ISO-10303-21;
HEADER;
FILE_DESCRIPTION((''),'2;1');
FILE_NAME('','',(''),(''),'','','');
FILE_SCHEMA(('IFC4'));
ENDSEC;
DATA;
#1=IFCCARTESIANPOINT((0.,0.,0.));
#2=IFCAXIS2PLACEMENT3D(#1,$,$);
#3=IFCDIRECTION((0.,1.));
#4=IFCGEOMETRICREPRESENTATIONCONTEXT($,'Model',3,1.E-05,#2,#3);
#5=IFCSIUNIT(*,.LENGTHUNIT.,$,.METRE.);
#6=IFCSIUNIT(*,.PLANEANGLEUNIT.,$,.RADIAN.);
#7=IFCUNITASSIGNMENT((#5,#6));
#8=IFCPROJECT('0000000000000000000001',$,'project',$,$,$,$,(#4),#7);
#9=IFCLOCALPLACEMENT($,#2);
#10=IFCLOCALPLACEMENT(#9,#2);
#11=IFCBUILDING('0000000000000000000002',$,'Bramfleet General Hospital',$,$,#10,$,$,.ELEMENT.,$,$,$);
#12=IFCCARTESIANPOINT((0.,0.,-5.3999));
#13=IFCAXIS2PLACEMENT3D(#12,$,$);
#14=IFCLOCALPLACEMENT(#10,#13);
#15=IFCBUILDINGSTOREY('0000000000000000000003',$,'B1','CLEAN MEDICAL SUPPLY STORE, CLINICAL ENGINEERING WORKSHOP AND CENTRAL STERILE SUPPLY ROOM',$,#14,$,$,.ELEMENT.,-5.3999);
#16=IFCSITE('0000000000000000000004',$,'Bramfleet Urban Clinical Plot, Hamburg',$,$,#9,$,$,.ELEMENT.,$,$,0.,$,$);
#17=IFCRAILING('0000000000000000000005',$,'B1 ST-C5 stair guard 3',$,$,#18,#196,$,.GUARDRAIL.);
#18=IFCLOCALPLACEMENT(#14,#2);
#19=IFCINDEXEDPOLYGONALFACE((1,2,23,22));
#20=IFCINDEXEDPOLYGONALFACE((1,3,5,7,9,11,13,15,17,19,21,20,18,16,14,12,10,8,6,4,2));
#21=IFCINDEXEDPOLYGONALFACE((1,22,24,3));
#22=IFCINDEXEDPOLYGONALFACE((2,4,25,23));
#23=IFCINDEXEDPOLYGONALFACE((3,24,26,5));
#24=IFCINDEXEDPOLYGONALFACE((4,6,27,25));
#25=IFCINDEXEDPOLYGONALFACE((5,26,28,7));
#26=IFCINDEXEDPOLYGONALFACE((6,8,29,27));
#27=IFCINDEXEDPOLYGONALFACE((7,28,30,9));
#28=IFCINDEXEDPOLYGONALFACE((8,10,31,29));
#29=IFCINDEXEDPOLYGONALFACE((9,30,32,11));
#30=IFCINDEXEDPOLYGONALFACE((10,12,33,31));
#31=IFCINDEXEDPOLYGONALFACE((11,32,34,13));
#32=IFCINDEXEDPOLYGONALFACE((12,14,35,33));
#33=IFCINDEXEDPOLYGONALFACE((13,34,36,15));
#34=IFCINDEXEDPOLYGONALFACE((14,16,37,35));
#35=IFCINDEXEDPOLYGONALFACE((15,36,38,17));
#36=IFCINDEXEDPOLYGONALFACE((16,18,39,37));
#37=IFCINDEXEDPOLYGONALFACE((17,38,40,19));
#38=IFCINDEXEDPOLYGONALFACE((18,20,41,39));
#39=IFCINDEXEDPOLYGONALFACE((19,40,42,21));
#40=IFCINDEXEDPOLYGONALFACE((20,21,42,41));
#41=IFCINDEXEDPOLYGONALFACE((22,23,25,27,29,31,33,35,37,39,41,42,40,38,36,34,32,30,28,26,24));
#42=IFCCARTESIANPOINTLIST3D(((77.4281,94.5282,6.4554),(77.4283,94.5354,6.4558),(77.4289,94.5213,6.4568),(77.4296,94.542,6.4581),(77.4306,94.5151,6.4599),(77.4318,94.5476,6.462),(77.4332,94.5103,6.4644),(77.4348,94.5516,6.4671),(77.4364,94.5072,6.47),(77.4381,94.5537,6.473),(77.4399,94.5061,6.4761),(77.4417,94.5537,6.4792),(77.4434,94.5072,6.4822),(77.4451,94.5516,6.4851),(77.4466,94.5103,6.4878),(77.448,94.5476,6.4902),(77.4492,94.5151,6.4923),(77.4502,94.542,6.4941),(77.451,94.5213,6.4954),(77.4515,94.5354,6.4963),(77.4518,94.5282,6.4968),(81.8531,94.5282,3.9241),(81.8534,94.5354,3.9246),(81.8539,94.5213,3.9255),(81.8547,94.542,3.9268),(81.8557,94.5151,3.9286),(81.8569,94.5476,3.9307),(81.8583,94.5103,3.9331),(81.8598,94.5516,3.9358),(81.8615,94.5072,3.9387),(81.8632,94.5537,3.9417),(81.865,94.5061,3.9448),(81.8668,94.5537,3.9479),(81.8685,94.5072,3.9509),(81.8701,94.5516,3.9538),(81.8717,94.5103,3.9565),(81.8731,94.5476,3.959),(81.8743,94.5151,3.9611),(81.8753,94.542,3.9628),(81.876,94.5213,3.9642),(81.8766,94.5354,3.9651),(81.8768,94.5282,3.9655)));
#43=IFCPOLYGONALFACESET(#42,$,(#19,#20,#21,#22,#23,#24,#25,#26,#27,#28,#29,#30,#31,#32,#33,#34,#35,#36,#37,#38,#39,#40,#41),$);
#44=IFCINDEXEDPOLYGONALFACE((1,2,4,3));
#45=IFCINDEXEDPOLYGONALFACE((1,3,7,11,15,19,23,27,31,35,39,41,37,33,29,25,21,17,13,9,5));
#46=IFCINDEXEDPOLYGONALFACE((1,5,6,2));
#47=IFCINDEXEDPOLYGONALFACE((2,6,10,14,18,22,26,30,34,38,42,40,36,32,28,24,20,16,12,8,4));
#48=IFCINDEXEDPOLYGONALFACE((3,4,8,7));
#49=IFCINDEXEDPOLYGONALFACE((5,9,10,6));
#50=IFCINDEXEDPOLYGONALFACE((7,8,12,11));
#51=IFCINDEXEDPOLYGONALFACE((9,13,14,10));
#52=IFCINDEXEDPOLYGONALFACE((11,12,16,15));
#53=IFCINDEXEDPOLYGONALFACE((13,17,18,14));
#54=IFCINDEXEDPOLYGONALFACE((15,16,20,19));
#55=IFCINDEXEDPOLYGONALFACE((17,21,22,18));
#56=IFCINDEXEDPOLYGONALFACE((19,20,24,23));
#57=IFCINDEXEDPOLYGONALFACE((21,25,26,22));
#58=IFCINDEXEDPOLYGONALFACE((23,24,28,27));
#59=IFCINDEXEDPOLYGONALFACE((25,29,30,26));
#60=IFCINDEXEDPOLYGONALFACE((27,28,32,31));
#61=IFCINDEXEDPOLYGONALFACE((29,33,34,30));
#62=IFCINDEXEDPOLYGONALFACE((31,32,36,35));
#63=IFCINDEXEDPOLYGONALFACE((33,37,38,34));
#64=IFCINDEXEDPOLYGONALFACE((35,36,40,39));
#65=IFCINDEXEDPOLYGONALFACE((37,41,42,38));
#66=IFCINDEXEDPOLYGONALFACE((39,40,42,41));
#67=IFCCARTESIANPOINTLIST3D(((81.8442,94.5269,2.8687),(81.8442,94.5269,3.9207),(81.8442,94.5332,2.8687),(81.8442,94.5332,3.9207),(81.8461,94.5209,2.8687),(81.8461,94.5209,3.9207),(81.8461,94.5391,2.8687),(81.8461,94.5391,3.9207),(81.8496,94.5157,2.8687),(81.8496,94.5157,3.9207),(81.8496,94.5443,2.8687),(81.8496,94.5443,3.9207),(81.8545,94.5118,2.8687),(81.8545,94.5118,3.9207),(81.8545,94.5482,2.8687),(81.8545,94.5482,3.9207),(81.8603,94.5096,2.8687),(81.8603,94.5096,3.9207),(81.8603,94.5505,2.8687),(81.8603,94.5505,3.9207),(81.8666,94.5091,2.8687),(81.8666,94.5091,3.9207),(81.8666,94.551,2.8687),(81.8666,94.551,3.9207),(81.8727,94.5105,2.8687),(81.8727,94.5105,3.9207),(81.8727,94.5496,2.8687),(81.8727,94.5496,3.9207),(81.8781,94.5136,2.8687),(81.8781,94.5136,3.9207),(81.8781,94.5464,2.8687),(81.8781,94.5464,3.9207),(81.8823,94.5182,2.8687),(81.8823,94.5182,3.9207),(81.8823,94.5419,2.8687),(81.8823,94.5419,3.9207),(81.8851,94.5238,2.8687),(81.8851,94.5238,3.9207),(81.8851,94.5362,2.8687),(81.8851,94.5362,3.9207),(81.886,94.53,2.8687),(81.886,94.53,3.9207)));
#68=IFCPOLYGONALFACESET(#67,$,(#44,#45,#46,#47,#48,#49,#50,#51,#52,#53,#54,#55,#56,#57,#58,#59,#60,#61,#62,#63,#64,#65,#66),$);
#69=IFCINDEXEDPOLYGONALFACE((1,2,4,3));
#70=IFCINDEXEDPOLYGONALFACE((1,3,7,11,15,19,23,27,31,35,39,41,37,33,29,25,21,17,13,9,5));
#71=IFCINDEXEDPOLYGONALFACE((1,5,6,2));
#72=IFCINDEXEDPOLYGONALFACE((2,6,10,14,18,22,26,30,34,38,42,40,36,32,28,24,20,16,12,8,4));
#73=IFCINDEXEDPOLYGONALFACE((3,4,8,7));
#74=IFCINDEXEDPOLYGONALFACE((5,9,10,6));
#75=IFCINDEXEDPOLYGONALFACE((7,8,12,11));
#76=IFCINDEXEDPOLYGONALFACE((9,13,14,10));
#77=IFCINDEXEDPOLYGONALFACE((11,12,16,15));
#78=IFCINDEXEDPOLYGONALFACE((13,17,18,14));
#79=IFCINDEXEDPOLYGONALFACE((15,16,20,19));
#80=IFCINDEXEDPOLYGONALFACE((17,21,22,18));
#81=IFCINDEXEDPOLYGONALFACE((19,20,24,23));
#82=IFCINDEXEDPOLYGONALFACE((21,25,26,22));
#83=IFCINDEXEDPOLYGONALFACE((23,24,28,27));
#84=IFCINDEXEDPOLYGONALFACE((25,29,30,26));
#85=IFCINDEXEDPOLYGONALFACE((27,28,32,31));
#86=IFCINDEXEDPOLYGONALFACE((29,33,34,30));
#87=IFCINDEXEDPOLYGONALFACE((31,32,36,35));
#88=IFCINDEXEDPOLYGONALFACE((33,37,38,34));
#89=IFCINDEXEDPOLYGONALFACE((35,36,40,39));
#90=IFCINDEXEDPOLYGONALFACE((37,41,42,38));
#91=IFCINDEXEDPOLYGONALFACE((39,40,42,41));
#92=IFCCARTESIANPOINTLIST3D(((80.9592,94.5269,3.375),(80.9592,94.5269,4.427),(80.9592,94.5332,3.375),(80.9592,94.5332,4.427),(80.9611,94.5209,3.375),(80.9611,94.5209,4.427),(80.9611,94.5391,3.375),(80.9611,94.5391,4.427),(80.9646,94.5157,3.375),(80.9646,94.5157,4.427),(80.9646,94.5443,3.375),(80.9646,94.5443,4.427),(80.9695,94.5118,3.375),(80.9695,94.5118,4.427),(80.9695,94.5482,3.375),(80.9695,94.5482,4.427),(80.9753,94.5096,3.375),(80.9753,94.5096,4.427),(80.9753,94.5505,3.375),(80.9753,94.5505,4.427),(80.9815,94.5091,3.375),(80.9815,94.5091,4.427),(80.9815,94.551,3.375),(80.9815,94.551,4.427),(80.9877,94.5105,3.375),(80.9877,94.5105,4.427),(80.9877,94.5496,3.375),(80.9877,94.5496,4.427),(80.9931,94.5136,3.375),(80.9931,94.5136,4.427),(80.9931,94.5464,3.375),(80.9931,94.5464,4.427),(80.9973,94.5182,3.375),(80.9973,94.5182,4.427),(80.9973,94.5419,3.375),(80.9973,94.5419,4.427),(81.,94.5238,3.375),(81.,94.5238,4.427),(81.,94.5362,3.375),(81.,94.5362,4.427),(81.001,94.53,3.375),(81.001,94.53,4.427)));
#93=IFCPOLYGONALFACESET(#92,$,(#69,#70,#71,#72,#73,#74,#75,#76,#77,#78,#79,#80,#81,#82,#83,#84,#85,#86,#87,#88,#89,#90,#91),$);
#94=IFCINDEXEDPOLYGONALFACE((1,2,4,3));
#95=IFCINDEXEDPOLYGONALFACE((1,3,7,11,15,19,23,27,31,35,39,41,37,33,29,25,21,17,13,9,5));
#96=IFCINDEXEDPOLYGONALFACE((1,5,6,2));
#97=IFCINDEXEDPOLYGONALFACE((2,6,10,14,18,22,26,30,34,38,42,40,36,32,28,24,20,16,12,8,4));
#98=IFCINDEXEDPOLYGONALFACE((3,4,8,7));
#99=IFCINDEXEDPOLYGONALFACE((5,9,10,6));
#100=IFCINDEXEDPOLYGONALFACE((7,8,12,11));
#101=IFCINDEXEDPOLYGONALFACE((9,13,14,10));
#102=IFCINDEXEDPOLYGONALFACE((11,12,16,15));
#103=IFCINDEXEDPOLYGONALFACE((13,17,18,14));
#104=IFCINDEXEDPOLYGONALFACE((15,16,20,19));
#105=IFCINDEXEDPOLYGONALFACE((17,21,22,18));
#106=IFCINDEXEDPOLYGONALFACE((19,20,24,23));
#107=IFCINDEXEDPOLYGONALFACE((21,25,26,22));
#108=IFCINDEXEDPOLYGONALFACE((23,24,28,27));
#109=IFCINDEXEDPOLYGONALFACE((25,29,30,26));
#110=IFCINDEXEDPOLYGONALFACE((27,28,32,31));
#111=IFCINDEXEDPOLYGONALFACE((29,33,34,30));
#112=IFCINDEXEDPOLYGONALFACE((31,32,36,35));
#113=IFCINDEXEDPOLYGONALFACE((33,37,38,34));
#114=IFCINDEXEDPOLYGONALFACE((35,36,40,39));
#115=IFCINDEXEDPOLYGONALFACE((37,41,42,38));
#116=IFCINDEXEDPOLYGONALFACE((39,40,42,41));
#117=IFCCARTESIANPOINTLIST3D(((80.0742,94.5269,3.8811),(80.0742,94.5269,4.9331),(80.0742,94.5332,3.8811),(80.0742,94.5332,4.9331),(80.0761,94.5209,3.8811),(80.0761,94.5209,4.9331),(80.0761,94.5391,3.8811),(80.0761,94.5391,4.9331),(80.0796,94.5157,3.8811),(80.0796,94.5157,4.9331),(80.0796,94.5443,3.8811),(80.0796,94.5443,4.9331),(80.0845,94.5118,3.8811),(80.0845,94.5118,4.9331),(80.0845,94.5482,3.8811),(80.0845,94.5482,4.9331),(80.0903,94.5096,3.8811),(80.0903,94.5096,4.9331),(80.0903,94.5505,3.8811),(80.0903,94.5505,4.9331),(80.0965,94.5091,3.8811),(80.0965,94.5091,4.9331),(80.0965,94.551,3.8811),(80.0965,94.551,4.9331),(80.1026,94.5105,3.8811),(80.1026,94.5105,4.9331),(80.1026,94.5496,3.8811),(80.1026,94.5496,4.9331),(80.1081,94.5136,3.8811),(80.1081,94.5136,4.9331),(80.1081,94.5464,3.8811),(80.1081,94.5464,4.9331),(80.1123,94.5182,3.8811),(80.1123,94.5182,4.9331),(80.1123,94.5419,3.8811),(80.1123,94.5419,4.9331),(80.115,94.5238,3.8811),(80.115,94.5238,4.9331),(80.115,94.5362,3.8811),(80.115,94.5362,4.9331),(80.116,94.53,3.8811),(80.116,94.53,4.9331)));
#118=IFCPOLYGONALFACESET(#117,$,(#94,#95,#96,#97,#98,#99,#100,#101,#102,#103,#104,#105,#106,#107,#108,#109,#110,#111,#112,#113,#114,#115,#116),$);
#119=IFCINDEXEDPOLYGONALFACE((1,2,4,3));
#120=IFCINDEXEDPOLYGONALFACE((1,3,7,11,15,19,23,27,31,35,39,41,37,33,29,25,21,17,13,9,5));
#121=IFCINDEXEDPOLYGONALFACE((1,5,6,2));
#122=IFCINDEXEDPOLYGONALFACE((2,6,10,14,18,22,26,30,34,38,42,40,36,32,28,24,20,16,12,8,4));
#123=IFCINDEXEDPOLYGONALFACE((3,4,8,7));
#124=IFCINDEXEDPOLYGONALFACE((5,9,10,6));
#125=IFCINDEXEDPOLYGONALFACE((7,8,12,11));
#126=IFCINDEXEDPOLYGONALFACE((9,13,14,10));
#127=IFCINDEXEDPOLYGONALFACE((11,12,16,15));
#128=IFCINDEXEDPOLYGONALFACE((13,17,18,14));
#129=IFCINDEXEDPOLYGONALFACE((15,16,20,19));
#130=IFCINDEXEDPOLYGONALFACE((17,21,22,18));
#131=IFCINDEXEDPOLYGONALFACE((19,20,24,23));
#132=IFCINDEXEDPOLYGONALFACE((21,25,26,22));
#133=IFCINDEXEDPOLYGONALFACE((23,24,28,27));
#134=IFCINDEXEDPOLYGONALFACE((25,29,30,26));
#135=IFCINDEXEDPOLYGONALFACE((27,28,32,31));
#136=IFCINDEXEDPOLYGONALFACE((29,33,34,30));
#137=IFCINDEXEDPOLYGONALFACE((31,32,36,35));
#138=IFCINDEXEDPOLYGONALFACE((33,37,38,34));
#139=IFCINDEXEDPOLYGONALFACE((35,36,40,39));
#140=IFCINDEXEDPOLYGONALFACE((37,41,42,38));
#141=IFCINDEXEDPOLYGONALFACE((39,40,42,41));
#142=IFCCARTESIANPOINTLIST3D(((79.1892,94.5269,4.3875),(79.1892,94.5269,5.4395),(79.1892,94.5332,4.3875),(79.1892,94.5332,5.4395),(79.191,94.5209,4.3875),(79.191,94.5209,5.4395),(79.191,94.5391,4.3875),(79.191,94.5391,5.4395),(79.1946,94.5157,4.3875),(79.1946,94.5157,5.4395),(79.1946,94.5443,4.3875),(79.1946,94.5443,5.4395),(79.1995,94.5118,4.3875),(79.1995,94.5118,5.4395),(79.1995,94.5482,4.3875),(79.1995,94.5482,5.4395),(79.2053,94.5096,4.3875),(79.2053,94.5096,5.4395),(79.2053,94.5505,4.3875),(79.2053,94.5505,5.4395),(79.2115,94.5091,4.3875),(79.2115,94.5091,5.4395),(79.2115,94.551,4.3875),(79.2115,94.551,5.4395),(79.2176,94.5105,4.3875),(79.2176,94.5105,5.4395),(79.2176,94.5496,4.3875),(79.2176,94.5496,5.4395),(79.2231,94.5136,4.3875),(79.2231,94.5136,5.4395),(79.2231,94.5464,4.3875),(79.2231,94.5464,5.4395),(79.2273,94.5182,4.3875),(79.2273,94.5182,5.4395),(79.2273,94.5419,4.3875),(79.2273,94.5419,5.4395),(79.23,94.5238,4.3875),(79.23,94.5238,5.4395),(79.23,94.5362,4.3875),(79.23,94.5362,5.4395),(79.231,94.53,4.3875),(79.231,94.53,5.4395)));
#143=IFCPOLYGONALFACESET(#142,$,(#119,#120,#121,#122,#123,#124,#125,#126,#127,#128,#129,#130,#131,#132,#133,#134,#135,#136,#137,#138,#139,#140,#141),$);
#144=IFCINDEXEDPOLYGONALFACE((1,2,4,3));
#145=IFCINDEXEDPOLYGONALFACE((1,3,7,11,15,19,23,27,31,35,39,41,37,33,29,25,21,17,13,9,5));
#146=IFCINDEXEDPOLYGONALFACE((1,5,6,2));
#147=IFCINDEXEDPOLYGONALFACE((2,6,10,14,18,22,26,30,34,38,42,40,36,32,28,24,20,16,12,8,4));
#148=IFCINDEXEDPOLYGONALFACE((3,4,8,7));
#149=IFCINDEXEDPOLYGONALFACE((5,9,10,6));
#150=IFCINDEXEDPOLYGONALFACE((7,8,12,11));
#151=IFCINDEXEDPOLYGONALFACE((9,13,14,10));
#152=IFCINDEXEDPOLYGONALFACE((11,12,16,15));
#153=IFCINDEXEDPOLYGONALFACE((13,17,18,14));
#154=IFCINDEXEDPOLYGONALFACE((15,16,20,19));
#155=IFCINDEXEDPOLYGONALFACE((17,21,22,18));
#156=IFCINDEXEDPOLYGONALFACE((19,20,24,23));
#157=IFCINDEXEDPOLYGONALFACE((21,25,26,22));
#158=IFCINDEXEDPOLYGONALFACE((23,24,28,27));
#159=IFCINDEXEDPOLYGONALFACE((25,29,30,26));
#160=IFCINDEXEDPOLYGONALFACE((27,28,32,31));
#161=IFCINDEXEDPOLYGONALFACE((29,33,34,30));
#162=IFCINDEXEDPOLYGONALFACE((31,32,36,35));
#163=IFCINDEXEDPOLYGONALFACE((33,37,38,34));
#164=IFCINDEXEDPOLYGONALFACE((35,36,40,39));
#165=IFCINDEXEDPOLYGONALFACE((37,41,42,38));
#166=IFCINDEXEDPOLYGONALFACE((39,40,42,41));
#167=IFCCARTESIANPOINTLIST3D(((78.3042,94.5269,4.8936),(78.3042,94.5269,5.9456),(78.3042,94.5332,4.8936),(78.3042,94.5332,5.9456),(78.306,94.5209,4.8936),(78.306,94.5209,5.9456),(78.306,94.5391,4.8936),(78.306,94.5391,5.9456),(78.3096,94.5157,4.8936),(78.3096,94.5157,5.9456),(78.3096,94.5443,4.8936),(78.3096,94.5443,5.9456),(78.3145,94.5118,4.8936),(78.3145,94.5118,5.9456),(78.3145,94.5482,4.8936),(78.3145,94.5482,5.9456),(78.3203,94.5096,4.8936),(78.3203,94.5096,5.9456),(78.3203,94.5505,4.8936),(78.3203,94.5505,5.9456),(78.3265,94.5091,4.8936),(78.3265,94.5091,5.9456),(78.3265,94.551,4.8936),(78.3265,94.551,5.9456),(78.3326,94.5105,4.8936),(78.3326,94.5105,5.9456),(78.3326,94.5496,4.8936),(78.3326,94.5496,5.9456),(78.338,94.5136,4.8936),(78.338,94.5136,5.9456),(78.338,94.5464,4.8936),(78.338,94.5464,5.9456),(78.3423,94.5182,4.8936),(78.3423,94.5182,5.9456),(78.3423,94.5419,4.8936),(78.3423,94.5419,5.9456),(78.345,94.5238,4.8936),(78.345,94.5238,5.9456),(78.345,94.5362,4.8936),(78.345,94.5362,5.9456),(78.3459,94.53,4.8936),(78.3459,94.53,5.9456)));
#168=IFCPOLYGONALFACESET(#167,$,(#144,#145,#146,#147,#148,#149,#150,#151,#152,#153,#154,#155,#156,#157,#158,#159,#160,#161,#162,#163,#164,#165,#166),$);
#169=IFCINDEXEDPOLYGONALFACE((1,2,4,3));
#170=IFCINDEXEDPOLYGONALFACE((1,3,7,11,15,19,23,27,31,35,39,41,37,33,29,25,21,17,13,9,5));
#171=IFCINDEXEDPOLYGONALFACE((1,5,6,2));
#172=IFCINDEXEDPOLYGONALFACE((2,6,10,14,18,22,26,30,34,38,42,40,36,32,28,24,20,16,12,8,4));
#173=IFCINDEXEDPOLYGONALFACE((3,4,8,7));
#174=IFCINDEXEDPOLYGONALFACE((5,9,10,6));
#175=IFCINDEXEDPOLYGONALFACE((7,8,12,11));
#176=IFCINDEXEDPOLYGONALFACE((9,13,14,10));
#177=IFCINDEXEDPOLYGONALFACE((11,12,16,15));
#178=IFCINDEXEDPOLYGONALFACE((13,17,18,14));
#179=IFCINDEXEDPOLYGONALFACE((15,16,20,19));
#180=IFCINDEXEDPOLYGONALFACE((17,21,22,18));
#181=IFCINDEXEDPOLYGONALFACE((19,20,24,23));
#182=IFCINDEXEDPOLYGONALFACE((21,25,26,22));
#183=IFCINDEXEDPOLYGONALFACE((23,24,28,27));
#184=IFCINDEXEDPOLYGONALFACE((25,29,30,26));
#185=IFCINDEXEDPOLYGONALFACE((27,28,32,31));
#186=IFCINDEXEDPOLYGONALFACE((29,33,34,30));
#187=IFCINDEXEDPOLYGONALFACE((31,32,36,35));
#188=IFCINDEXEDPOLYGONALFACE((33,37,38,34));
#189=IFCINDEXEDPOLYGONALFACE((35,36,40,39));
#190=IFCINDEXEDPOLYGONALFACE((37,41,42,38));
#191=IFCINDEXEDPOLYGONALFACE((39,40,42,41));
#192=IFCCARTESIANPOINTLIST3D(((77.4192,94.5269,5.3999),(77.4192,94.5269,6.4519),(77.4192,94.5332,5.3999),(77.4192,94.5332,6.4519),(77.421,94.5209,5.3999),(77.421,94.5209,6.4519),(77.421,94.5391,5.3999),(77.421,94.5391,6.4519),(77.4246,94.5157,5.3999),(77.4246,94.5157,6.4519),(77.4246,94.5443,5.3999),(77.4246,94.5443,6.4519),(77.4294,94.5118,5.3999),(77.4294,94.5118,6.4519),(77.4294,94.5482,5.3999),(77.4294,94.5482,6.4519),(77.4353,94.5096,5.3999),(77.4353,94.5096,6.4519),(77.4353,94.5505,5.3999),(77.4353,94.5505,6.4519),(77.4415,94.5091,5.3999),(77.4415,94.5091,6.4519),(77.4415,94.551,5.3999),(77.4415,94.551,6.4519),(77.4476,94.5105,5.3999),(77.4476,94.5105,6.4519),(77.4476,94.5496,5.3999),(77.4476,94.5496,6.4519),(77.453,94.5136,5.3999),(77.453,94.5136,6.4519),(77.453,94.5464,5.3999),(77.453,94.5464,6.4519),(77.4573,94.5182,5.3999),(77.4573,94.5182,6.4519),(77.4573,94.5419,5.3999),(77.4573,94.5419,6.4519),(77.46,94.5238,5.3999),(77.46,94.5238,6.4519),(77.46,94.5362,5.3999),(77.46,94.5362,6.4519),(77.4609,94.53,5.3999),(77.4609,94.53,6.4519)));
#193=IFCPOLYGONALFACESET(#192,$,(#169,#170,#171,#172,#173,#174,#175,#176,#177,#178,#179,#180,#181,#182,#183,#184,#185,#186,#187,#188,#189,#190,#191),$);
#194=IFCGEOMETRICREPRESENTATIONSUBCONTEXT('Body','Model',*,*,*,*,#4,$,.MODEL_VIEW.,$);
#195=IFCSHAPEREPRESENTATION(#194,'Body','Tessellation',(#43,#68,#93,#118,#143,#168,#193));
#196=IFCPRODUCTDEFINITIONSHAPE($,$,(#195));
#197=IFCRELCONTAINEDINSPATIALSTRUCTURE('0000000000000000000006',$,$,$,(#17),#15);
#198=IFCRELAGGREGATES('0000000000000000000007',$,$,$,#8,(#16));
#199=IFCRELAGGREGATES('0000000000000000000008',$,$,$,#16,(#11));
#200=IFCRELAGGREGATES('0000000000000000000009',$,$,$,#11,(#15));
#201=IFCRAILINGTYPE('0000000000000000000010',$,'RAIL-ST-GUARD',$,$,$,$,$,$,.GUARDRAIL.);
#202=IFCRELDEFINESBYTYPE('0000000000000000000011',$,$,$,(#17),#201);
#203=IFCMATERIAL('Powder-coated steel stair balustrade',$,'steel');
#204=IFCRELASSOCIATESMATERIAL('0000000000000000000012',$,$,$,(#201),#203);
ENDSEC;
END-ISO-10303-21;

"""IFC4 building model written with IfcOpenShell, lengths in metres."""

from ifc_helpers import new_model, si_unit, direction, frame, origin, origin_2d, place, context, subcontext, project, spatial, circle, extrude, material, type_object, element, save


model = new_model("IFC4")

# Units and contexts
model_context = context("Model", 3, precision=1e-05, world=origin(), true_north=direction((0.0, 1.0)))
body_context = subcontext(model_context, "Body", "Model", "MODEL_VIEW")
ifc_project = project(units=[si_unit("LENGTHUNIT", "METRE"), si_unit("PLANEANGLEUNIT", "RADIAN")], contexts=[model_context])

# Site, building, storey
site_placement = place(None, origin())
site = spatial("IfcSite", under=ifc_project, at=site_placement, Name="Bramfleet Urban Clinical Plot, Hamburg", CompositionType="ELEMENT", RefElevation=0.0)
building_placement = place(site_placement, origin())
building = spatial("IfcBuilding", under=site, at=building_placement, Name="Bramfleet General Hospital", CompositionType="ELEMENT")
storey_placement = place(building_placement, frame((0.0, 0.0, -5.3999)))
storey = spatial("IfcBuildingStorey", under=building, at=storey_placement, Name="B1", Description="CLEAN MEDICAL SUPPLY STORE, CLINICAL ENGINEERING WORKSHOP AND CENTRAL STERILE SUPPLY ROOM", CompositionType="ELEMENT", Elevation=-5.3999)

# Railing
ifc_material_1 = material(Name="Powder-coated steel stair balustrade", Category="steel")
railing_type_1 = type_object("IfcRailingType", Name="RAIL-ST-GUARD", PredefinedType="GUARDRAIL", material=ifc_material_1)
railing_1_placement = place(storey_placement, frame((81.865, 94.53, 2.8687)))
element("IfcRailing", 1, at=railing_1_placement, inside=storey, type_object=railing_type_1, Name="B1 ST-C5 stair guard 3", PredefinedType="GUARDRAIL", context=body_context, shape_type="SweptSolid", body=[
    extrude(circle(Radius=0.0239, at=origin_2d()), frame((0.0, 0.0, 1.0762), z_axis=(-0.868019, 0.0, 0.496531), x_axis=(0.0, -1.0, 0.0)), (0.0, 0.0, 1.0), 5.0979),
    extrude(circle(Radius=0.021, at=origin_2d()), origin(), (0.0, 0.0, 1.0), 1.052),
    extrude(circle(Radius=0.021, at=origin_2d()), frame((-0.885, 0.0, 0.5063)), (0.0, 0.0, 1.0), 1.052),
    extrude(circle(Radius=0.021, at=origin_2d()), frame((-1.77, 0.0, 1.0125)), (0.0, 0.0, 1.0), 1.052),
    extrude(circle(Radius=0.021, at=origin_2d()), frame((-2.655, 0.0, 1.5188)), (0.0, 0.0, 1.0), 1.052),
    extrude(circle(Radius=0.021, at=origin_2d()), frame((-3.54, 0.0, 2.0249)), (0.0, 0.0, 1.0), 1.052),
    extrude(circle(Radius=0.021, at=origin_2d()), frame((-4.425, 0.0, 2.5312)), (0.0, 0.0, 1.0), 1.052),
])

save(model, "model.ifc")
